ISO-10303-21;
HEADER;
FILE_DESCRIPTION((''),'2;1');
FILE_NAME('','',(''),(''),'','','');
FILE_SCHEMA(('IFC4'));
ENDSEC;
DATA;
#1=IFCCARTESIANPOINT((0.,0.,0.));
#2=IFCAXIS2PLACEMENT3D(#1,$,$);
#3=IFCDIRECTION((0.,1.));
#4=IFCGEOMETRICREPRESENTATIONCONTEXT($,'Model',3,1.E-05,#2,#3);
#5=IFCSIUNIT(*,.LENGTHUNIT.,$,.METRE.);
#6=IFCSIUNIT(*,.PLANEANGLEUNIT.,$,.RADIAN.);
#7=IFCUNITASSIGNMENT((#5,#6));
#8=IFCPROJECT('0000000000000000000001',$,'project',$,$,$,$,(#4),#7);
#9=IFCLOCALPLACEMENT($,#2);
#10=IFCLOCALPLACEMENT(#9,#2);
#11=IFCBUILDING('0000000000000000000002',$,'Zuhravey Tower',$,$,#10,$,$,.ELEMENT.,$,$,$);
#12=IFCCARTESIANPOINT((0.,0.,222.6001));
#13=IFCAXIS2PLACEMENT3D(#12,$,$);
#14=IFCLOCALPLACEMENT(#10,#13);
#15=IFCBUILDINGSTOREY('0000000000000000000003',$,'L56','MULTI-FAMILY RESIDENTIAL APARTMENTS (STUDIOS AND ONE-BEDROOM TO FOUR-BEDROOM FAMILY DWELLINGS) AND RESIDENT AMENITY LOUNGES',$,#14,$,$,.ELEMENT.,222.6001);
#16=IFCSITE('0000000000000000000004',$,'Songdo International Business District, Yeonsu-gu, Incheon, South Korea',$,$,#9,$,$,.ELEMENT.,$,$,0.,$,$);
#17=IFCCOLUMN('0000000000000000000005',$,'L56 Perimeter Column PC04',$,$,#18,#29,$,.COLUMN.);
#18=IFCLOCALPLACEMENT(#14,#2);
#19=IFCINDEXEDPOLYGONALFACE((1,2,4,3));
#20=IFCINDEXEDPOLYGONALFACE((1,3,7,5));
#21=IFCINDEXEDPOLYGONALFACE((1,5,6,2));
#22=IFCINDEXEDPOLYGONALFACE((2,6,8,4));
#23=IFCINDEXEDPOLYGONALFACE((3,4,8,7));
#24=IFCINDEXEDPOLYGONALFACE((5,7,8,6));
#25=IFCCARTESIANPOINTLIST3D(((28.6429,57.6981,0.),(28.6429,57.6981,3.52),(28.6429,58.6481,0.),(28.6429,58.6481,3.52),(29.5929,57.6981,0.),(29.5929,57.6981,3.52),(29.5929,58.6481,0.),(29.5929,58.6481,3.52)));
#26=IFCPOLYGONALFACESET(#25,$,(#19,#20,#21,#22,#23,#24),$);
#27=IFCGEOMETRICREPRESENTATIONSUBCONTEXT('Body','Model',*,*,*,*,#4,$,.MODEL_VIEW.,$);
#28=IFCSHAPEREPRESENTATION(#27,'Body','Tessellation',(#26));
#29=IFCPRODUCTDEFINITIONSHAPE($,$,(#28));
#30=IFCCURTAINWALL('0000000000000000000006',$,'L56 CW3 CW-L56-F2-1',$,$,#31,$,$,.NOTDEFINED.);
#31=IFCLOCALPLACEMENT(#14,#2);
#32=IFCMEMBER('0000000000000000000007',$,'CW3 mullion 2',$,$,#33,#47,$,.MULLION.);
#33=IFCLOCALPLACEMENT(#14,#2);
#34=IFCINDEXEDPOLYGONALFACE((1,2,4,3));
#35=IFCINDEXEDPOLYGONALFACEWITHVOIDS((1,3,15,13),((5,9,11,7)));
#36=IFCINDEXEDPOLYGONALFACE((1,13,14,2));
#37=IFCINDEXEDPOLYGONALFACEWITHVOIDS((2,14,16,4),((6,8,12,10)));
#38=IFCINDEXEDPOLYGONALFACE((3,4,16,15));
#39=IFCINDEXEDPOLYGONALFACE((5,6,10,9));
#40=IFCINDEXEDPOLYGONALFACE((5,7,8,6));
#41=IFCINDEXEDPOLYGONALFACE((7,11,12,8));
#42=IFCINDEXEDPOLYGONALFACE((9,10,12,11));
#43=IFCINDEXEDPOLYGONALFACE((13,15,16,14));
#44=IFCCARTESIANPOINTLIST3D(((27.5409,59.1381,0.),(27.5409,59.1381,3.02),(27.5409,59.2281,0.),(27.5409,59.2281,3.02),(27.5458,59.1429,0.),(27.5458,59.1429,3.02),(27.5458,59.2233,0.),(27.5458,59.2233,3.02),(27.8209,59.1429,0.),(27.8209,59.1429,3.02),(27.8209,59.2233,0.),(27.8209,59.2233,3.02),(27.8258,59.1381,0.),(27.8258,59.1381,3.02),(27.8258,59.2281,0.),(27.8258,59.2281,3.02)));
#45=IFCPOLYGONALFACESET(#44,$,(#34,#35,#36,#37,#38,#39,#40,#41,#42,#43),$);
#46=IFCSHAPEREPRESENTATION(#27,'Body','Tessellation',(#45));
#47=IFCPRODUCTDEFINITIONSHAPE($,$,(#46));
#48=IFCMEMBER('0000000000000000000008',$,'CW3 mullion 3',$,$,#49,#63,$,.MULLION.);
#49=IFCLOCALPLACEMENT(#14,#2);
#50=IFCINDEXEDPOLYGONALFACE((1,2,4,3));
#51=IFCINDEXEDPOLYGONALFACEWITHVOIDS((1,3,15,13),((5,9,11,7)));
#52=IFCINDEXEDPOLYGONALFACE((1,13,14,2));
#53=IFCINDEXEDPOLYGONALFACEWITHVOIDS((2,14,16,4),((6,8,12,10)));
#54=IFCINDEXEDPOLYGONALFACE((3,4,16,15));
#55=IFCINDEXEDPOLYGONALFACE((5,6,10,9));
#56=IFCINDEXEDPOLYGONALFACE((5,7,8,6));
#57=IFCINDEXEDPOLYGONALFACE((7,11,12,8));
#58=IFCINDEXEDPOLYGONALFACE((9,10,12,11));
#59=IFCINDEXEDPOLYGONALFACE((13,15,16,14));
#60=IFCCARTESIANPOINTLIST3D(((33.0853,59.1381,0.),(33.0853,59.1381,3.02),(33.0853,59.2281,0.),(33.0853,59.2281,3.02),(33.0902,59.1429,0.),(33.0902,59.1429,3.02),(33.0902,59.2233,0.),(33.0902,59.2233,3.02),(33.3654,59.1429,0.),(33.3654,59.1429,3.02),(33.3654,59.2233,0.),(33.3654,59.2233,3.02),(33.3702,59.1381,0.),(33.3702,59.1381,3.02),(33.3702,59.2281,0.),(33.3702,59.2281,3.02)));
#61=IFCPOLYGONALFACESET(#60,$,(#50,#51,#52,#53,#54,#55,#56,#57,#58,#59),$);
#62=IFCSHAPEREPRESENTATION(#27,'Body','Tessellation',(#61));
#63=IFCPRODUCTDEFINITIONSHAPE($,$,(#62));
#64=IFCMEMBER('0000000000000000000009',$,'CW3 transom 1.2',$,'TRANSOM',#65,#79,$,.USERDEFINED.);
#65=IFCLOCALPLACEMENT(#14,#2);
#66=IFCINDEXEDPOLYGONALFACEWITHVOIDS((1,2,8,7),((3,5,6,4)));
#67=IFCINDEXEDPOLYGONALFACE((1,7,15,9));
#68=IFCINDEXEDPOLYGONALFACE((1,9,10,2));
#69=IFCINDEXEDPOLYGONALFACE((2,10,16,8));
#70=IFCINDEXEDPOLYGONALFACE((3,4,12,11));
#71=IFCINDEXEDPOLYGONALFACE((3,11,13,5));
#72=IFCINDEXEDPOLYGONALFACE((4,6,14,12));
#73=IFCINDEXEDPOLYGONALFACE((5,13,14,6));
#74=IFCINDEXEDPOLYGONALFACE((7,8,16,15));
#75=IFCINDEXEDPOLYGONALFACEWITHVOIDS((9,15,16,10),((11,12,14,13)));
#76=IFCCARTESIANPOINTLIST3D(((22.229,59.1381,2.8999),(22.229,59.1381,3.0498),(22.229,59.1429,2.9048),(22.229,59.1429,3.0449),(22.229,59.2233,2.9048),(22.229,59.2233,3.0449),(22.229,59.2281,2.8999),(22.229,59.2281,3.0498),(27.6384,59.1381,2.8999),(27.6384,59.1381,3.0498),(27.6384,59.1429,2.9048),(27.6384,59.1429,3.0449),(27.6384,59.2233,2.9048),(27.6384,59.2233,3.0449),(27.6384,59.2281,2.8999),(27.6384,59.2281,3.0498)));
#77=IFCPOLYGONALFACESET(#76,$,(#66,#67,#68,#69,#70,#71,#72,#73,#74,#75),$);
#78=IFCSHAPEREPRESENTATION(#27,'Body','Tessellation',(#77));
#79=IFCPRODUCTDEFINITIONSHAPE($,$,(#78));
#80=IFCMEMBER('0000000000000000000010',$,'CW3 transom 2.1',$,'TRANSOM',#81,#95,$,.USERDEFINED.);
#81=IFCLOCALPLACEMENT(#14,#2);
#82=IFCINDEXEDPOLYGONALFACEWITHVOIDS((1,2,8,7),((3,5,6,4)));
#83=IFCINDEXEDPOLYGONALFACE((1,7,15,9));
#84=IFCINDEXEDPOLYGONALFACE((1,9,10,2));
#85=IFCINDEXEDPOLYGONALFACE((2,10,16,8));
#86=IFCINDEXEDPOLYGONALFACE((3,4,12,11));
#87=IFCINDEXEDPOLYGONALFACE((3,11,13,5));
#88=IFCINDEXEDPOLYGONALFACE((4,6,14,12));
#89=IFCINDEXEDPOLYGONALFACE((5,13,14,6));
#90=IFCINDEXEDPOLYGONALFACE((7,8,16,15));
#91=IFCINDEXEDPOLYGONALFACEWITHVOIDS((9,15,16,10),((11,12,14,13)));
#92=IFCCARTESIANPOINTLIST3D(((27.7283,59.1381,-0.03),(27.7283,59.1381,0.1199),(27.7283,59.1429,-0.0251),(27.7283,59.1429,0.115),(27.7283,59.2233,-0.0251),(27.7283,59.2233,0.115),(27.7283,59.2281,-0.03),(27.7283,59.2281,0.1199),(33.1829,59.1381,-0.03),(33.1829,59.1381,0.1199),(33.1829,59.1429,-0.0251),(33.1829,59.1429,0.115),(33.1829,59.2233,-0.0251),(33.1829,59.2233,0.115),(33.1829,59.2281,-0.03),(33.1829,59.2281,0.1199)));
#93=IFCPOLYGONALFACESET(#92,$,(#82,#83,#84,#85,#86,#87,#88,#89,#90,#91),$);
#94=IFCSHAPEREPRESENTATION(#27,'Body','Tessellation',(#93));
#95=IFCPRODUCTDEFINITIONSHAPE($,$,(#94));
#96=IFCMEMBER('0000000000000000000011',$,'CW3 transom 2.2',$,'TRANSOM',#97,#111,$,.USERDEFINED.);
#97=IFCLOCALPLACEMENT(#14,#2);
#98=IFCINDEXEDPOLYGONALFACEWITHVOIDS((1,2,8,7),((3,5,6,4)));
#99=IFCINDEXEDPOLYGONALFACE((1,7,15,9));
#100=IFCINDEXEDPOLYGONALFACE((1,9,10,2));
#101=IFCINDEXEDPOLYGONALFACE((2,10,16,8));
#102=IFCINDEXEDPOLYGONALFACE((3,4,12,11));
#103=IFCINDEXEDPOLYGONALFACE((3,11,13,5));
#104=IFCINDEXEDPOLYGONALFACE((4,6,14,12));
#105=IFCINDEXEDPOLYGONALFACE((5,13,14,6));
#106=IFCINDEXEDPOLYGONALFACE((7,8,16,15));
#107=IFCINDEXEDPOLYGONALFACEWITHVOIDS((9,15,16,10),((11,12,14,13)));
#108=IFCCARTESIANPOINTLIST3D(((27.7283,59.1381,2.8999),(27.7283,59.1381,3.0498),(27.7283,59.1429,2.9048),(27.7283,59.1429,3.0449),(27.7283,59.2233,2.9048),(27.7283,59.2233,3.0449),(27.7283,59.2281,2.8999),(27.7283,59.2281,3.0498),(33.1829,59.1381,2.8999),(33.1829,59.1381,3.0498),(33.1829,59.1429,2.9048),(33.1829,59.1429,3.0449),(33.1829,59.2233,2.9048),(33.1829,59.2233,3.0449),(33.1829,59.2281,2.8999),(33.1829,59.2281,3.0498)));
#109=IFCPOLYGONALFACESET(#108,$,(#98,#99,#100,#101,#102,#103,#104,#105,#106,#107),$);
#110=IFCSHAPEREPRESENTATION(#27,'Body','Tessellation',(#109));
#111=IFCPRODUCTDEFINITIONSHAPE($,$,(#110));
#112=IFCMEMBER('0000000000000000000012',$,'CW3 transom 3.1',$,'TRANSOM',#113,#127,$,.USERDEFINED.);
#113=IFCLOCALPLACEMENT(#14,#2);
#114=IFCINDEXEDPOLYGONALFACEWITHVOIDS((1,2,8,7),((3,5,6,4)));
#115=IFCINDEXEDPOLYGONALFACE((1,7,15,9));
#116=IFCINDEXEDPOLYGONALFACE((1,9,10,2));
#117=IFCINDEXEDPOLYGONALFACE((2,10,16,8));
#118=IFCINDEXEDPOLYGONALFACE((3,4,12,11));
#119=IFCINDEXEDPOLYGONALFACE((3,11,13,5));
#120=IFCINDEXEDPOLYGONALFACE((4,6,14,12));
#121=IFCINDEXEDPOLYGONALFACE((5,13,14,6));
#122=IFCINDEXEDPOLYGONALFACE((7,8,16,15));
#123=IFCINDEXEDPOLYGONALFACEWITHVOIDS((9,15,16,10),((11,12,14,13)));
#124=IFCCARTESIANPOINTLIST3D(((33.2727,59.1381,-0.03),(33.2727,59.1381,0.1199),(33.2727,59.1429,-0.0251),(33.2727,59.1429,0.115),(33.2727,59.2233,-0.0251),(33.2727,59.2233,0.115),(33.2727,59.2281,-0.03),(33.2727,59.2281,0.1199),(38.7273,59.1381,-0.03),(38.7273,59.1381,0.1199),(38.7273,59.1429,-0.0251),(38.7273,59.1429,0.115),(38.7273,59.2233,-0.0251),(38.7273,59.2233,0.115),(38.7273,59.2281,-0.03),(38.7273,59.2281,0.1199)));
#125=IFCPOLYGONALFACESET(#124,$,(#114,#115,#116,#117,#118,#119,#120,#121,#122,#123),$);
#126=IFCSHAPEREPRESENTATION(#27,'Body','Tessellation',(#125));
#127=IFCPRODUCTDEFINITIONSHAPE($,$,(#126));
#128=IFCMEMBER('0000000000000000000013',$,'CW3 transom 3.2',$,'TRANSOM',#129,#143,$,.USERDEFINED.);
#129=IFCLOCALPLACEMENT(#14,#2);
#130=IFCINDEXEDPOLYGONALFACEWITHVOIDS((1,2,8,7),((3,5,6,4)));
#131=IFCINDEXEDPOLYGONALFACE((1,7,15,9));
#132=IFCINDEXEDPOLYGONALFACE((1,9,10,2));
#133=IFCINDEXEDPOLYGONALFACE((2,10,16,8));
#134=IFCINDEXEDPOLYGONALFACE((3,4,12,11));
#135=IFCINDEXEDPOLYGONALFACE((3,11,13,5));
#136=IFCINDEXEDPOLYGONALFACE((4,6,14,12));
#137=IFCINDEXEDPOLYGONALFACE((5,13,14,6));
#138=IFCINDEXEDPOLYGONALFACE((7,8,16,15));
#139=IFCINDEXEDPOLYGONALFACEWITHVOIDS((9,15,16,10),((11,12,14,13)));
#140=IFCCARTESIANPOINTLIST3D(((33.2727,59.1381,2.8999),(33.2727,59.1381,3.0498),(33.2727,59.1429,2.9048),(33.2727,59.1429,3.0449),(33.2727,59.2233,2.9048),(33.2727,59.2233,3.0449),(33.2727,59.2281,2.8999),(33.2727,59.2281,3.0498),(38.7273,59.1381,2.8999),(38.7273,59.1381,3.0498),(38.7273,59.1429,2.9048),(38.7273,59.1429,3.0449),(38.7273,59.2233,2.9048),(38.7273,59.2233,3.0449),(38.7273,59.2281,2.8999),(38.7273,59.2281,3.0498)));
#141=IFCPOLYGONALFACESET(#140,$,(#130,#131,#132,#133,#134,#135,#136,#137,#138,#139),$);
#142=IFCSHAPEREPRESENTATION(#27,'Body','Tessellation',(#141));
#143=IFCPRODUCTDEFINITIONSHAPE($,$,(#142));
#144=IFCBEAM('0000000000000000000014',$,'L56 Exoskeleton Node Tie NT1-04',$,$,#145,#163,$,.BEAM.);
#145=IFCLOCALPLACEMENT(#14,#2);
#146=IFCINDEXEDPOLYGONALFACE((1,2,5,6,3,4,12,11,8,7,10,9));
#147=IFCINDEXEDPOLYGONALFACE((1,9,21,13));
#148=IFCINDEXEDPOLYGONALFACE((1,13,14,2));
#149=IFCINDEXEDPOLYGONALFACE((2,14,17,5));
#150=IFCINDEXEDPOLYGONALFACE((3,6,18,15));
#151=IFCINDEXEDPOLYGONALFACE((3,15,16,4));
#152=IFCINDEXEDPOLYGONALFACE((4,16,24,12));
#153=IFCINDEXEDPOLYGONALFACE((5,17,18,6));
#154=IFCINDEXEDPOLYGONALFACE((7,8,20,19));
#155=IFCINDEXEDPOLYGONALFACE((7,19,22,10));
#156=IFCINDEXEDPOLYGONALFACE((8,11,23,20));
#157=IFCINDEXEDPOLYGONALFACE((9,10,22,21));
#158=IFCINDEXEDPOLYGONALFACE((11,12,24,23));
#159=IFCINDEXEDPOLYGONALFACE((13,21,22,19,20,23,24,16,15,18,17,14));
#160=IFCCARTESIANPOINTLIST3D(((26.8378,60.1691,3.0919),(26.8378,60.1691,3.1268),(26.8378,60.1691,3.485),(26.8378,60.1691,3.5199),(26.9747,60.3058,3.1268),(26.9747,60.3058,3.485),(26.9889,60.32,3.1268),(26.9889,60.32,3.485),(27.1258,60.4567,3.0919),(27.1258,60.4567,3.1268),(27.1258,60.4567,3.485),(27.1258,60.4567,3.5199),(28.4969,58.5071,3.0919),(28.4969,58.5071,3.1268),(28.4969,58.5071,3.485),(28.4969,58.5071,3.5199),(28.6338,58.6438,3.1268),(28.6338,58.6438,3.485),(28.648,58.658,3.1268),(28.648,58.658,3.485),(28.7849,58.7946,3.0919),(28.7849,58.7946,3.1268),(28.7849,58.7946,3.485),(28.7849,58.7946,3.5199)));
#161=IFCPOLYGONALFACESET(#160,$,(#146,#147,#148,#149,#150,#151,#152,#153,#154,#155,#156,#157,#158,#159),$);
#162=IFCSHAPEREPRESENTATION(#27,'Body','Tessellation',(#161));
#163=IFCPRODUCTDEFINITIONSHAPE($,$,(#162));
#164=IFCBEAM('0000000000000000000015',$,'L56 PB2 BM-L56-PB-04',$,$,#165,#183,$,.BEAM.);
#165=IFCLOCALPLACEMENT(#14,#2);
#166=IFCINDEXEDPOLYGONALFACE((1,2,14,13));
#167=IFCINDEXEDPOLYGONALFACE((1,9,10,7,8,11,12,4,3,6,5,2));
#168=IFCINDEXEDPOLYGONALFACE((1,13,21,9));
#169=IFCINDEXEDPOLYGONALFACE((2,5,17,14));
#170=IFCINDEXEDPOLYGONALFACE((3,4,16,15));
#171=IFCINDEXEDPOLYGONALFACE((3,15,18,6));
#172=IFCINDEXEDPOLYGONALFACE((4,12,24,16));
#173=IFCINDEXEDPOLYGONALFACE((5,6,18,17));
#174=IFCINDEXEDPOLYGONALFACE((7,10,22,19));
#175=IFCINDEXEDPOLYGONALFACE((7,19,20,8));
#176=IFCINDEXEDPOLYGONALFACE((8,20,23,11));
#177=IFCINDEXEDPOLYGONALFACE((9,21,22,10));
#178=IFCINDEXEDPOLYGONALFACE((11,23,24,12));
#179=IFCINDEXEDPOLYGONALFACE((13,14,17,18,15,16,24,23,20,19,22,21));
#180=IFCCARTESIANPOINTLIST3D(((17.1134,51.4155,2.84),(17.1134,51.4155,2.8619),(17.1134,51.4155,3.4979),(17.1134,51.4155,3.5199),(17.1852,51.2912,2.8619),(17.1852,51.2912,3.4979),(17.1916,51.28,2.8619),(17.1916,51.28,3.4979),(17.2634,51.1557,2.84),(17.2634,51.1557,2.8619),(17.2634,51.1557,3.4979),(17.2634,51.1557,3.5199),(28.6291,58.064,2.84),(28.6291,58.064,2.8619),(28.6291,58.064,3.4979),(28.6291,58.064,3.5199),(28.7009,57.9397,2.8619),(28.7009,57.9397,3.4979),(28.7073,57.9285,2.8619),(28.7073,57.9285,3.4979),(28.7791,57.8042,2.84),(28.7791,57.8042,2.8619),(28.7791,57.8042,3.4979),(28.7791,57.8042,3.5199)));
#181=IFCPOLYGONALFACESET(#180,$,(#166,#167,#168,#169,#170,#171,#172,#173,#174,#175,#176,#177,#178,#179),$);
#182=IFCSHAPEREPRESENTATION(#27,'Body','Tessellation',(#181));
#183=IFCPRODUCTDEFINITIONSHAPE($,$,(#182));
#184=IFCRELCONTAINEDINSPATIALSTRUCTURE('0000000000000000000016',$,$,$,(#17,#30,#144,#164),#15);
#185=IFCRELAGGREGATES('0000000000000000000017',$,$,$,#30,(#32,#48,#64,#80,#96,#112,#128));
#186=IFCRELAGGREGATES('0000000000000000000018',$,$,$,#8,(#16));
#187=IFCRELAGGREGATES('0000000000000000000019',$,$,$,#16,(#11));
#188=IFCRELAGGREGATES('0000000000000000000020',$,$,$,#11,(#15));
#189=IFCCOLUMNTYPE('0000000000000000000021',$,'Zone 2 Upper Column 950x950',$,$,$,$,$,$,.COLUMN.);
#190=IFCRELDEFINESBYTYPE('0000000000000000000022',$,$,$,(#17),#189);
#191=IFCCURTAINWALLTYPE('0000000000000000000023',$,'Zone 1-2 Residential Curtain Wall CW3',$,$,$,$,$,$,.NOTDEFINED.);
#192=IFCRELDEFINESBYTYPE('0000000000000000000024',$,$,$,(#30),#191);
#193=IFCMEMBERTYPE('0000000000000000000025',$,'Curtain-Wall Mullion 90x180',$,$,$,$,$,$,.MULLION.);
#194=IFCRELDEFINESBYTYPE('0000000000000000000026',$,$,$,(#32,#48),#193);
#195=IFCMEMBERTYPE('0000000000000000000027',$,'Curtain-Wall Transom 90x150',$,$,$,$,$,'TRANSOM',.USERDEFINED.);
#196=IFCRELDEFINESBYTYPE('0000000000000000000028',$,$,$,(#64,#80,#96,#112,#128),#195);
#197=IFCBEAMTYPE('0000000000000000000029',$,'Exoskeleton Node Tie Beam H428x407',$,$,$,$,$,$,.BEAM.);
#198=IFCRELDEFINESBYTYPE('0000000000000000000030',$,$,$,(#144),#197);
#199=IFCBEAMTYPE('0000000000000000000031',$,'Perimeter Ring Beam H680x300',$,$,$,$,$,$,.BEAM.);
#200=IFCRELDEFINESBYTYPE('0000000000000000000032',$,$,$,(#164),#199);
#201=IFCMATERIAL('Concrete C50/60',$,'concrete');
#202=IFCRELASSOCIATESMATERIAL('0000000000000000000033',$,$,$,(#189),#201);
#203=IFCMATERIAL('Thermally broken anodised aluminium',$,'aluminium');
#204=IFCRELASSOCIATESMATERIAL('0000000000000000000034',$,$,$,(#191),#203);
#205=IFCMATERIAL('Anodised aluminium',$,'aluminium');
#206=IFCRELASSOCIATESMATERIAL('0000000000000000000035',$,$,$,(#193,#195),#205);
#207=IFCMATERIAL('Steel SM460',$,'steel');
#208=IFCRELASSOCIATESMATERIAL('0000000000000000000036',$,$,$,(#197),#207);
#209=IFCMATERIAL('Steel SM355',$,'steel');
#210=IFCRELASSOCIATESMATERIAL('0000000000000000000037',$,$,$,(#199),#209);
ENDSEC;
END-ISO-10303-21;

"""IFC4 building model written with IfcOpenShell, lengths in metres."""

from ifc_helpers import new_model, si_unit, direction, frame, origin, origin_2d, place, context, subcontext, project, spatial, rectangle, hollow_rectangle, i_section, extrude, material, material_profile, profile_set, type_object, element, aggregate, save


model = new_model("IFC4")

# Units and contexts
model_context = context("Model", 3, precision=1e-05, world=origin(), true_north=direction((0.0, 1.0)))
body_context = subcontext(model_context, "Body", "Model", "MODEL_VIEW")
ifc_project = project(units=[si_unit("LENGTHUNIT", "METRE"), si_unit("PLANEANGLEUNIT", "RADIAN")], contexts=[model_context])

# Site, building, storey
site_placement = place(None, origin())
site = spatial("IfcSite", under=ifc_project, at=site_placement, Name="Songdo International Business District, Yeonsu-gu, Incheon, South Korea", CompositionType="ELEMENT", RefElevation=0.0)
building_placement = place(site_placement, origin())
building = spatial("IfcBuilding", under=site, at=building_placement, Name="Zuhravey Tower", CompositionType="ELEMENT")
storey_placement = place(building_placement, frame((0.0, 0.0, 222.6001)))
storey = spatial("IfcBuildingStorey", under=building, at=storey_placement, Name="L56", Description="MULTI-FAMILY RESIDENTIAL APARTMENTS (STUDIOS AND ONE-BEDROOM TO FOUR-BEDROOM FAMILY DWELLINGS) AND RESIDENT AMENITY LOUNGES", CompositionType="ELEMENT", Elevation=222.6001)

# Column
ifc_material_1 = material(Name="Concrete C50/60", Category="concrete")
ifc_material_profile_1 = material_profile(ifc_material_1, rectangle(XDim=0.95, YDim=0.95, at=origin_2d()), Name="RC-950x950")
ifc_profile_set_1 = profile_set([ifc_material_profile_1], Name="Concrete C50/60")
column_type = type_object("IfcColumnType", Name="Zone 2 Upper Column 950x950", PredefinedType="COLUMN", material=ifc_profile_set_1)
column_placement = place(storey_placement, frame((29.1179, 58.1731, 0.0), z_axis=(0.0, 0.0, 1.0), x_axis=(-1.0, 0.0, 0.0)))
element("IfcColumn", 1, at=column_placement, inside=storey, type_object=column_type, Name="L56 Perimeter Column PC04", PredefinedType="COLUMN", context=body_context, shape_type="SweptSolid", body=[
    extrude(rectangle(XDim=0.95, YDim=0.95, at=origin_2d()), origin(), (0.0, 0.0, 1.0), 3.52),
])

# Curtain wall, members
ifc_material_2 = material(Name="Thermally broken anodised aluminium", Category="aluminium")
curtain_wall_type = type_object("IfcCurtainWallType", Name="Zone 1-2 Residential Curtain Wall CW3", PredefinedType="NOTDEFINED", material=ifc_material_2)
curtain_wall_placement = place(storey_placement, origin())
curtain_wall = element("IfcCurtainWall", 2, at=curtain_wall_placement, inside=storey, type_object=curtain_wall_type, Name="L56 CW3 CW-L56-F2-1", PredefinedType="NOTDEFINED")
ifc_material_3 = material(Name="Anodised aluminium", Category="aluminium")
ifc_material_profile_2 = material_profile(ifc_material_3, hollow_rectangle(XDim=0.0901, YDim=0.2849, WallThickness=0.0049, at=origin_2d()), Name="ALU-RHS-90x285x5")
ifc_profile_set_2 = profile_set([ifc_material_profile_2], Name="Anodised aluminium")
member_type_1 = type_object("IfcMemberType", Name="Curtain-Wall Mullion 90x180", PredefinedType="MULLION", material=ifc_profile_set_2)
member_1_placement = place(storey_placement, frame((27.6833, 59.1831, 0.0), z_axis=(0.0, 0.0, 1.0), x_axis=(0.0, 1.0, 0.0)))
member_1 = element("IfcMember", 3, at=member_1_placement, type_object=member_type_1, Name="CW3 mullion 2", PredefinedType="MULLION", context=body_context, shape_type="SweptSolid", body=[
    extrude(hollow_rectangle(XDim=0.0901, YDim=0.2849, WallThickness=0.0049, at=origin_2d()), origin(), (0.0, 0.0, 1.0), 3.02),
])
member_2_placement = place(storey_placement, frame((33.2278, 59.1831, 0.0), z_axis=(0.0, 0.0, 1.0), x_axis=(0.0, 1.0, 0.0)))
member_2 = element("IfcMember", 4, at=member_2_placement, type_object=member_type_1, Name="CW3 mullion 3", PredefinedType="MULLION", context=body_context, shape_type="SweptSolid", body=[
    extrude(hollow_rectangle(XDim=0.0901, YDim=0.2849, WallThickness=0.0049, at=origin_2d()), origin(), (0.0, 0.0, 1.0), 3.02),
])
ifc_material_profile_3 = material_profile(ifc_material_3, hollow_rectangle(XDim=0.0901, YDim=0.1499, WallThickness=0.0049, at=origin_2d()), Name="ALU-RHS-90x150x5")
ifc_profile_set_3 = profile_set([ifc_material_profile_3], Name="Anodised aluminium")
member_type_2 = type_object("IfcMemberType", Name="Curtain-Wall Transom 90x150", ElementType="TRANSOM", PredefinedType="USERDEFINED", material=ifc_profile_set_3)
member_3_placement = place(storey_placement, frame((22.229, 59.1831, 2.9749), z_axis=(1.0, 0.0, 0.0), x_axis=(0.0, 1.0, 0.0)))
member_3 = element("IfcMember", 5, at=member_3_placement, type_object=member_type_2, Name="CW3 transom 1.2", ObjectType="TRANSOM", PredefinedType="USERDEFINED", context=body_context, shape_type="SweptSolid", body=[
    extrude(hollow_rectangle(XDim=0.0901, YDim=0.1499, WallThickness=0.0049, at=origin_2d()), origin(), (0.0, 0.0, 1.0), 5.4094),
])
member_4_placement = place(storey_placement, frame((27.7283, 59.1831, 0.0449), z_axis=(1.0, 0.0, 0.0), x_axis=(0.0, 1.0, 0.0)))
member_4 = element("IfcMember", 6, at=member_4_placement, type_object=member_type_2, Name="CW3 transom 2.1", ObjectType="TRANSOM", PredefinedType="USERDEFINED", context=body_context, shape_type="SweptSolid", body=[
    extrude(hollow_rectangle(XDim=0.0901, YDim=0.1499, WallThickness=0.0049, at=origin_2d()), origin(), (0.0, 0.0, 1.0), 5.4546),
])
member_5_placement = place(storey_placement, frame((27.7283, 59.1831, 2.9749), z_axis=(1.0, 0.0, 0.0), x_axis=(0.0, 1.0, 0.0)))
member_5 = element("IfcMember", 7, at=member_5_placement, type_object=member_type_2, Name="CW3 transom 2.2", ObjectType="TRANSOM", PredefinedType="USERDEFINED", context=body_context, shape_type="SweptSolid", body=[
    extrude(hollow_rectangle(XDim=0.0901, YDim=0.1499, WallThickness=0.0049, at=origin_2d()), origin(), (0.0, 0.0, 1.0), 5.4546),
])
member_6_placement = place(storey_placement, frame((33.2727, 59.1831, 0.0449), z_axis=(1.0, 0.0, 0.0), x_axis=(0.0, 1.0, 0.0)))
member_6 = element("IfcMember", 8, at=member_6_placement, type_object=member_type_2, Name="CW3 transom 3.1", ObjectType="TRANSOM", PredefinedType="USERDEFINED", context=body_context, shape_type="SweptSolid", body=[
    extrude(hollow_rectangle(XDim=0.0901, YDim=0.1499, WallThickness=0.0049, at=origin_2d()), origin(), (0.0, 0.0, 1.0), 5.4546),
])
member_7_placement = place(storey_placement, frame((33.2727, 59.1831, 2.9749), z_axis=(1.0, 0.0, 0.0), x_axis=(0.0, 1.0, 0.0)))
member_7 = element("IfcMember", 9, at=member_7_placement, type_object=member_type_2, Name="CW3 transom 3.2", ObjectType="TRANSOM", PredefinedType="USERDEFINED", context=body_context, shape_type="SweptSolid", body=[
    extrude(hollow_rectangle(XDim=0.0901, YDim=0.1499, WallThickness=0.0049, at=origin_2d()), origin(), (0.0, 0.0, 1.0), 5.4546),
])

# Beams
ifc_material_4 = material(Name="Steel SM460", Category="steel")
ifc_material_profile_4 = material_profile(ifc_material_4, i_section(OverallWidth=0.407, OverallDepth=0.428, WebThickness=0.02, FlangeThickness=0.0349, at=origin_2d()), Name="H-428x407x20x35")
ifc_profile_set_4 = profile_set([ifc_material_profile_4], Name="Steel SM460")
beam_type_1 = type_object("IfcBeamType", Name="Exoskeleton Node Tie Beam H428x407", PredefinedType="BEAM", material=ifc_profile_set_4)
beam_1_placement = place(storey_placement, frame((28.6409, 58.6509, 3.3059), z_axis=(-0.706483, 0.70773, 0.0), x_axis=(-0.70773, -0.706483, 0.0)))
element("IfcBeam", 10, at=beam_1_placement, inside=storey, type_object=beam_type_1, Name="L56 Exoskeleton Node Tie NT1-04", PredefinedType="BEAM", context=body_context, shape_type="SweptSolid", body=[
    extrude(i_section(OverallWidth=0.407, OverallDepth=0.428, WebThickness=0.02, FlangeThickness=0.0349, at=origin_2d()), origin(), (0.0, 0.0, 1.0), 2.3484),
])
ifc_material_5 = material(Name="Steel SM355", Category="steel")
ifc_material_profile_5 = material_profile(ifc_material_5, i_section(OverallWidth=0.3, OverallDepth=0.6799, WebThickness=0.0129, FlangeThickness=0.022, at=origin_2d()), Name="H-680x300x13x22")
ifc_profile_set_5 = profile_set([ifc_material_profile_5], Name="Steel SM355")
beam_type_2 = type_object("IfcBeamType", Name="Perimeter Ring Beam H680x300", PredefinedType="BEAM", material=ifc_profile_set_5)
beam_2_placement = place(storey_placement, frame((28.7041, 57.9341, 3.1799), z_axis=(-0.866029, -0.499994, 0.0), x_axis=(0.499994, -0.866029, 0.0)))
element("IfcBeam", 11, at=beam_2_placement, inside=storey, type_object=beam_type_2, Name="L56 PB2 BM-L56-PB-04", PredefinedType="BEAM", context=body_context, shape_type="SweptSolid", body=[
    extrude(i_section(OverallWidth=0.3, OverallDepth=0.6799, WebThickness=0.0129, FlangeThickness=0.022, at=origin_2d()), origin(), (0.0, 0.0, 1.0), 13.2971),
])

aggregate(curtain_wall, [member_1, member_2, member_3, member_4, member_5, member_6, member_7])

save(model, "model.ifc")
